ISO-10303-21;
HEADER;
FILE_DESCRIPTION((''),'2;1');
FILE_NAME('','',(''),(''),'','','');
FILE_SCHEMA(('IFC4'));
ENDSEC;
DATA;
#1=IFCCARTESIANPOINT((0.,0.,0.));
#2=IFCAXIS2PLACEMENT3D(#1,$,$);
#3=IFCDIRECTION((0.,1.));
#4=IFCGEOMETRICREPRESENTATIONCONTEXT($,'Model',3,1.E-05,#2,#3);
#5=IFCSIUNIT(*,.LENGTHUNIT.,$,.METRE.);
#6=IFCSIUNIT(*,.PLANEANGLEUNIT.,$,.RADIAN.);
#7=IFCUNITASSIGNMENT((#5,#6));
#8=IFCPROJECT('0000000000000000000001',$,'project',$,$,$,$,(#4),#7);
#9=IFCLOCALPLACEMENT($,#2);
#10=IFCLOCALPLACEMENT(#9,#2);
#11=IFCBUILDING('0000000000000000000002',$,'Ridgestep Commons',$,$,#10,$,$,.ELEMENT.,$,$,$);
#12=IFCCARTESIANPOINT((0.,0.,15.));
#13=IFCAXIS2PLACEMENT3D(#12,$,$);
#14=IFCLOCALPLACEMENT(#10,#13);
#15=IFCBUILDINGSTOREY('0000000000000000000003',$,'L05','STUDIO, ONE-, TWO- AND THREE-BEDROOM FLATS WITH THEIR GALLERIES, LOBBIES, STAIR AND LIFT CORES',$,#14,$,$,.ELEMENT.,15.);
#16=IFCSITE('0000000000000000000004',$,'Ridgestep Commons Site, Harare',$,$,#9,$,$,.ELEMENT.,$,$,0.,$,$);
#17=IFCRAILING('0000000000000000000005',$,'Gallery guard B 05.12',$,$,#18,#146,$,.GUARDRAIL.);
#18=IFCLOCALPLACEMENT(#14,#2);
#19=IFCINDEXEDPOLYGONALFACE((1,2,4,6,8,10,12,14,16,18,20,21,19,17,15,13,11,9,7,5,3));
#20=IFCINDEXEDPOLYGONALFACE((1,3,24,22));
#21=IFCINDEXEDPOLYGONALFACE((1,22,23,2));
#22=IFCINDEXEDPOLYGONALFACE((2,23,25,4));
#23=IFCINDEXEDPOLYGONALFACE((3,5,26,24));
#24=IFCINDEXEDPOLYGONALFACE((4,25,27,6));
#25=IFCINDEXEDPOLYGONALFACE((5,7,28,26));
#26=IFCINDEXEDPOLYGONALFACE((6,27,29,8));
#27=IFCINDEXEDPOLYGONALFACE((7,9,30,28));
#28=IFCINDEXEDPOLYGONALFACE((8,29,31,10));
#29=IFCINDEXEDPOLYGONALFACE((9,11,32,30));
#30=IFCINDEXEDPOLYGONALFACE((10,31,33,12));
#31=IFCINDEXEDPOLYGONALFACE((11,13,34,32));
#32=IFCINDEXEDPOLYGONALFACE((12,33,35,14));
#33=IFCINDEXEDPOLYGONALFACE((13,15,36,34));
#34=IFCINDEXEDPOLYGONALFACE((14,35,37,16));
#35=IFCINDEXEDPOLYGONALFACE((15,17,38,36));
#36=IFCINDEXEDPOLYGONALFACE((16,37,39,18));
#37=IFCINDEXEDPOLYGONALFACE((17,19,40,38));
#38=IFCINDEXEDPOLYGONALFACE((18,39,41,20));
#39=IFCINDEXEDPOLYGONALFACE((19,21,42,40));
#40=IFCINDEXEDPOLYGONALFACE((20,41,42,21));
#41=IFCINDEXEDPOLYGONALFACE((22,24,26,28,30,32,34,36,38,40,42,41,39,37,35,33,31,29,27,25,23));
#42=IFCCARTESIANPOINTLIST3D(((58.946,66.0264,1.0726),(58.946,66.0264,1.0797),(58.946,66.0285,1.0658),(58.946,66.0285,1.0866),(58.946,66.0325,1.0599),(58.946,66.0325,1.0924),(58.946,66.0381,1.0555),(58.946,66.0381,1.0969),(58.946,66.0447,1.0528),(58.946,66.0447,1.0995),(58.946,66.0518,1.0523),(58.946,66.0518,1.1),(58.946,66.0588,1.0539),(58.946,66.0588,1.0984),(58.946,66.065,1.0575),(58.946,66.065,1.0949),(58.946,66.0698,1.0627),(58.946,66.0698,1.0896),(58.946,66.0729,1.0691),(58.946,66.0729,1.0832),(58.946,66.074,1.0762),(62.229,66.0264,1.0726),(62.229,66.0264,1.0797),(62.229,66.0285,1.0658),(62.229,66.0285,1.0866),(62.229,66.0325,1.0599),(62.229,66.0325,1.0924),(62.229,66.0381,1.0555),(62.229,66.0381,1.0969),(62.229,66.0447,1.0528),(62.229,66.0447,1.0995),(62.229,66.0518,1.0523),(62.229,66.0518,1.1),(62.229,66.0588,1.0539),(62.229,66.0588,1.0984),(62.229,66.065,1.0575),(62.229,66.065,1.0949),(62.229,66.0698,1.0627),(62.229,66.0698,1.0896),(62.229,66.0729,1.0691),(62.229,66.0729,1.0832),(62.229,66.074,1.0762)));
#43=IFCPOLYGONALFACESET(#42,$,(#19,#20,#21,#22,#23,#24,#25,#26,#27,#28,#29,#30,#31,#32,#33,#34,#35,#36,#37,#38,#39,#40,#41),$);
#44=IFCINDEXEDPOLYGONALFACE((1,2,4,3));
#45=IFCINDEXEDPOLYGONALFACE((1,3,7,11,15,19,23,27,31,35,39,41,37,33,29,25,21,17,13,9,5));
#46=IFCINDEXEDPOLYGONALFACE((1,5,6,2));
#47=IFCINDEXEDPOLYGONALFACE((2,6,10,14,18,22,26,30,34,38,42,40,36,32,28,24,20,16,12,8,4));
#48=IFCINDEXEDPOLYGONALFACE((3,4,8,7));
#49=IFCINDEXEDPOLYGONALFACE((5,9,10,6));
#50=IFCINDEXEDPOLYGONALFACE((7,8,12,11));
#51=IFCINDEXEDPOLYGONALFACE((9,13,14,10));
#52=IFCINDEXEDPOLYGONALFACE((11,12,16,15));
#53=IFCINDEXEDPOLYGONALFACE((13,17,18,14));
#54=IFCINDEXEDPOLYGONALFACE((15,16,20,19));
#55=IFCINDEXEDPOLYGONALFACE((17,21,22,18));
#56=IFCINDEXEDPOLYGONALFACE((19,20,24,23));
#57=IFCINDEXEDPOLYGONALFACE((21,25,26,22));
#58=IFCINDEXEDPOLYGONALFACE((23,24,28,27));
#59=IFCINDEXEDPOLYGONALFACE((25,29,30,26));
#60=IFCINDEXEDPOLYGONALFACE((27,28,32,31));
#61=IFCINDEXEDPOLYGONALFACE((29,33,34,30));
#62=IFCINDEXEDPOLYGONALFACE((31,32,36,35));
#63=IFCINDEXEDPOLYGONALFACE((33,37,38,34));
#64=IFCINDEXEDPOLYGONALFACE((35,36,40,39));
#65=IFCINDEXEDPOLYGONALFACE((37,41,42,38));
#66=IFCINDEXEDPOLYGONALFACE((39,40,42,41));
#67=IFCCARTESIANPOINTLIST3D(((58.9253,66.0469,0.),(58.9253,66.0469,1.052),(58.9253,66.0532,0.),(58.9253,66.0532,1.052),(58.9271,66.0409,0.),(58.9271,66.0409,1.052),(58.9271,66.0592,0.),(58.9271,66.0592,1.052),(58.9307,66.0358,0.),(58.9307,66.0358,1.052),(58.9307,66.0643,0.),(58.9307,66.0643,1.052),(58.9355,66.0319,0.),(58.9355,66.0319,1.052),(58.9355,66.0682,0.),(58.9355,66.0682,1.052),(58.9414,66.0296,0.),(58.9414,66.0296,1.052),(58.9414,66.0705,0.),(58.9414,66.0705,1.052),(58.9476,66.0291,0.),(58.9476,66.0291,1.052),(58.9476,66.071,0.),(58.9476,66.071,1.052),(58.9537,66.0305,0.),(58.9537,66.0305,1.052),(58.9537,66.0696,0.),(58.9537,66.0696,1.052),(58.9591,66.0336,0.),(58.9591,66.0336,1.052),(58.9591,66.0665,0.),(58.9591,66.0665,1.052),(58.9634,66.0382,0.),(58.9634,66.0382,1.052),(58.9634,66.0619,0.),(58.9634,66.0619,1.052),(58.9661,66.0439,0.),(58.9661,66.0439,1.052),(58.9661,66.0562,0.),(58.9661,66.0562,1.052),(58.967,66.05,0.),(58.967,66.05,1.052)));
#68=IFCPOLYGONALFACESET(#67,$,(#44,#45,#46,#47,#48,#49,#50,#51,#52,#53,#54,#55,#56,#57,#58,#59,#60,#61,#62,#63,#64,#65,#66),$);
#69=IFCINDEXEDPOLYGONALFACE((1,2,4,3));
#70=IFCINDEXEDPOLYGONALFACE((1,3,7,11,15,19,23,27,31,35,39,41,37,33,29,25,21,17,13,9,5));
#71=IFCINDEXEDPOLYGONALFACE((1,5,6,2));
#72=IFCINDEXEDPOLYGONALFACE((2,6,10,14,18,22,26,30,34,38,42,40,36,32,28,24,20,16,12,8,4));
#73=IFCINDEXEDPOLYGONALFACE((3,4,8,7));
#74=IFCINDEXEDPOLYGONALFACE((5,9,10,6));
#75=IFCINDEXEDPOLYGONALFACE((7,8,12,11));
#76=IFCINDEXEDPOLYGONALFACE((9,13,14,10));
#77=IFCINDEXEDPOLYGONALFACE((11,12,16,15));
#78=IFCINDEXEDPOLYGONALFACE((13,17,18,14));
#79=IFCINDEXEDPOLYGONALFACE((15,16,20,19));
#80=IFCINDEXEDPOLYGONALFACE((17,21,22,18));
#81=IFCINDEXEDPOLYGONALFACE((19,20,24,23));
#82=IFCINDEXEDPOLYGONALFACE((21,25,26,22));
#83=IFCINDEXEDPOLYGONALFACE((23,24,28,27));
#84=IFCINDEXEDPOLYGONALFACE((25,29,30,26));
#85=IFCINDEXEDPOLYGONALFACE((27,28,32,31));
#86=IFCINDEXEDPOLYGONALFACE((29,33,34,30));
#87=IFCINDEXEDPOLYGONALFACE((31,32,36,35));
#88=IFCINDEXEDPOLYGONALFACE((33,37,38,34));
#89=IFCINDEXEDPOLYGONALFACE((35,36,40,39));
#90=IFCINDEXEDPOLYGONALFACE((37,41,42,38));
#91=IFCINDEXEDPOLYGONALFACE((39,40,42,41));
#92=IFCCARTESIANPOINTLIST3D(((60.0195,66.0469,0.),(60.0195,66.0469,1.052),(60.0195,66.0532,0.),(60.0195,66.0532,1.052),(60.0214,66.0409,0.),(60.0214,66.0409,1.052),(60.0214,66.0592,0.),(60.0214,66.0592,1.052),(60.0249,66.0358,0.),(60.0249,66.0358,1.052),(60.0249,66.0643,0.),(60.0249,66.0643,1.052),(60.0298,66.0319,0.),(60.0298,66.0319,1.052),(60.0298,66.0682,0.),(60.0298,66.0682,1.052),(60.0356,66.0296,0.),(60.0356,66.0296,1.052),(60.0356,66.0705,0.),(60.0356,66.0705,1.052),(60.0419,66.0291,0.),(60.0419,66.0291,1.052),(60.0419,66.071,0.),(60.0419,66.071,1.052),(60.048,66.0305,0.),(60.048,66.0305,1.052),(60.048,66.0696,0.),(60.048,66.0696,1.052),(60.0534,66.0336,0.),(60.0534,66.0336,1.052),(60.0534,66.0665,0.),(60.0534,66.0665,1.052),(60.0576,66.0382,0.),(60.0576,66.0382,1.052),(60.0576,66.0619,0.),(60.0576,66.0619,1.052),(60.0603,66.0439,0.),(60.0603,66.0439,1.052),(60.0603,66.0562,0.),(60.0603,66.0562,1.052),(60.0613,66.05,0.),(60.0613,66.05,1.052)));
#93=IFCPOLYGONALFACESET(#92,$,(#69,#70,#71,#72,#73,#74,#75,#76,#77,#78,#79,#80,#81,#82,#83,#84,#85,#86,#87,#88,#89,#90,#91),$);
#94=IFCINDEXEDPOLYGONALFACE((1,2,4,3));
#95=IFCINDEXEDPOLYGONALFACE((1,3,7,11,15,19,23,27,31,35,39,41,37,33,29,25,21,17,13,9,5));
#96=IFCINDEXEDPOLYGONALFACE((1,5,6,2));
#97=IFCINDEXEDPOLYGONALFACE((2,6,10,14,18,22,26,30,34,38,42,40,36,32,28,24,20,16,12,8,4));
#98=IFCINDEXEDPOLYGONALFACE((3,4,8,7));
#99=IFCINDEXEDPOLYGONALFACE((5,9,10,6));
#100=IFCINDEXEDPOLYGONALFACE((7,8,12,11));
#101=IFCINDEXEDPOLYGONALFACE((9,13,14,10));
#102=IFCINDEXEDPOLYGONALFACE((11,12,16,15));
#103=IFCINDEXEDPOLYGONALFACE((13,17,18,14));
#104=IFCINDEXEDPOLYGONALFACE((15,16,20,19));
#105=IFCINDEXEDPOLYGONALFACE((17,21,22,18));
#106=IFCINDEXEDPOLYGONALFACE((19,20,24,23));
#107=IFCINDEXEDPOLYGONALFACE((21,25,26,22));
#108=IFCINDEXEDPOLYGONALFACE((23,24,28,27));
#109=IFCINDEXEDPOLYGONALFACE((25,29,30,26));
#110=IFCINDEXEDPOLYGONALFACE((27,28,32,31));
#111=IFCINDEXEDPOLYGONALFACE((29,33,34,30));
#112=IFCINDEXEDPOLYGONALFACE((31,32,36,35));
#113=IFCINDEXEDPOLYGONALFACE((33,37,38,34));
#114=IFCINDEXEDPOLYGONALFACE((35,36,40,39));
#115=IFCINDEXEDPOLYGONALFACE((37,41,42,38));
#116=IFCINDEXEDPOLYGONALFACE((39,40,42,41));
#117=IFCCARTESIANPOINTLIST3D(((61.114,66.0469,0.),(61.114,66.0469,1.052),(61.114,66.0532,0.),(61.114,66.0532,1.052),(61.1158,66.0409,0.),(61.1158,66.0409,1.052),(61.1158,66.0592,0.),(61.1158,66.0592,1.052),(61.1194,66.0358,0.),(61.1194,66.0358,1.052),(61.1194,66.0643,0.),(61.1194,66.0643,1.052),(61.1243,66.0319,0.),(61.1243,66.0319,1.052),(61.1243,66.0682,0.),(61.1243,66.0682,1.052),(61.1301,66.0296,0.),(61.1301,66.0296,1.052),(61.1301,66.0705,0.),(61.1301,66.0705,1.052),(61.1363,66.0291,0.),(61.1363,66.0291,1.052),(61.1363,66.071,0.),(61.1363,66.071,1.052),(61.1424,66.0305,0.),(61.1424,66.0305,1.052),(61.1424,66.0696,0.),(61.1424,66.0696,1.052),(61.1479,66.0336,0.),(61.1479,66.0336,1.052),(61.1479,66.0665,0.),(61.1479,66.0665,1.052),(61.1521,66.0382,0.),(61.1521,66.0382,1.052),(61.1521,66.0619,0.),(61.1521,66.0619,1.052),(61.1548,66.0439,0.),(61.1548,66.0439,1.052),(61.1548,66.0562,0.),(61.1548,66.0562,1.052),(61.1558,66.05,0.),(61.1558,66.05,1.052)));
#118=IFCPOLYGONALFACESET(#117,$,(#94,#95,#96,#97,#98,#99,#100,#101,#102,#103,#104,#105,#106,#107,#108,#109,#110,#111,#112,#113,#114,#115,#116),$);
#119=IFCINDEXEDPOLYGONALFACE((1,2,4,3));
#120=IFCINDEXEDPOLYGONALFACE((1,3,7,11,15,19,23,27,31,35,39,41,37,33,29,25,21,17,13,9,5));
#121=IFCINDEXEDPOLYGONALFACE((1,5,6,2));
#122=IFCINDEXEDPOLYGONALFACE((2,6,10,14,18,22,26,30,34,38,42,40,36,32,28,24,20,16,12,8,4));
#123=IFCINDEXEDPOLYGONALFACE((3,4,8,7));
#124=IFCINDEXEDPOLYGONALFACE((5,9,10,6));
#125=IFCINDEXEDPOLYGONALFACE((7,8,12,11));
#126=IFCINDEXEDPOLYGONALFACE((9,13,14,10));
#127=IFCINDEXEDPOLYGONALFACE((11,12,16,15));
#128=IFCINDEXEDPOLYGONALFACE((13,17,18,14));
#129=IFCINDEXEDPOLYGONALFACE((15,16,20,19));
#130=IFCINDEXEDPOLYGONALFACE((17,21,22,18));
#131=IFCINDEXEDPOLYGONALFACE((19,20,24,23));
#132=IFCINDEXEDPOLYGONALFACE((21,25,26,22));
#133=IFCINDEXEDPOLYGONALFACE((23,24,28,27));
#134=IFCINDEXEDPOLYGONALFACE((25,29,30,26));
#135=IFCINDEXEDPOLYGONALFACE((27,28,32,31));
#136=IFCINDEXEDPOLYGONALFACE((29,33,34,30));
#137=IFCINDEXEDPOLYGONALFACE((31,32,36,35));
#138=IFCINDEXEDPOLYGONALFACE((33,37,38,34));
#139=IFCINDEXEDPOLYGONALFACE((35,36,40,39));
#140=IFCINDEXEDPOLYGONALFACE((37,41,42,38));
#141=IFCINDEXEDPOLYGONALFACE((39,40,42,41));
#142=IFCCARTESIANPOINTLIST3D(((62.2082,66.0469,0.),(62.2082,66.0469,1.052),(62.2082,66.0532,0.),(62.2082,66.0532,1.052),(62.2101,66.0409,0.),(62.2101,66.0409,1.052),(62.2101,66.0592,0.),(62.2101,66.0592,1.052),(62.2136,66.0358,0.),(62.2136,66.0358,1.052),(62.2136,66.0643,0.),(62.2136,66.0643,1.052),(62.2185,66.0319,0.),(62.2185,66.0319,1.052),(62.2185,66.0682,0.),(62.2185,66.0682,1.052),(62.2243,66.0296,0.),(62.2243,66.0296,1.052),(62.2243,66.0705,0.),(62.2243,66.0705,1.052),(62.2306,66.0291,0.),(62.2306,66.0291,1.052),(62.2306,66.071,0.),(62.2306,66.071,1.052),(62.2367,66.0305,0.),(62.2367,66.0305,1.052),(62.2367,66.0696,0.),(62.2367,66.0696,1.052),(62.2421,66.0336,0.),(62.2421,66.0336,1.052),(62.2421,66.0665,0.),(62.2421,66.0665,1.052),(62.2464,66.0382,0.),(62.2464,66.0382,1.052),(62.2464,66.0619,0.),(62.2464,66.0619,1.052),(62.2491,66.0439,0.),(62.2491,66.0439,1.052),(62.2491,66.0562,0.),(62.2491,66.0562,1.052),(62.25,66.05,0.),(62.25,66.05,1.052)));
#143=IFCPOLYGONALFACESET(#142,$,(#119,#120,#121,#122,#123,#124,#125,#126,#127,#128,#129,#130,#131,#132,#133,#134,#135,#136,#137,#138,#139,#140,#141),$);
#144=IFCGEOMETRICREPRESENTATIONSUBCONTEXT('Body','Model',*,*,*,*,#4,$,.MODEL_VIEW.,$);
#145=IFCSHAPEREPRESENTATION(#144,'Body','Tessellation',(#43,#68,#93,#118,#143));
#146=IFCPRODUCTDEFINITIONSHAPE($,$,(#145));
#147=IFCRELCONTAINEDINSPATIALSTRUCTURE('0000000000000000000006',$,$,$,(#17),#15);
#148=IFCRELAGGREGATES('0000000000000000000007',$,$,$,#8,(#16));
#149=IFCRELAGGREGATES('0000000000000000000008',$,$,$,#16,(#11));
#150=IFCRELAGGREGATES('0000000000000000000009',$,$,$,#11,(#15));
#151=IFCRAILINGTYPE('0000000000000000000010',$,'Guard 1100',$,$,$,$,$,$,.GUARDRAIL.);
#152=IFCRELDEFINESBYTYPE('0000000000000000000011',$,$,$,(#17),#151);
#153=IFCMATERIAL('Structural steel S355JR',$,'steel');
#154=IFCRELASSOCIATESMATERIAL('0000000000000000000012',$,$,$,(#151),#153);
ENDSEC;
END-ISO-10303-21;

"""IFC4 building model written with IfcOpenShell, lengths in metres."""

from ifc_helpers import new_model, si_unit, direction, frame, origin, origin_2d, place, context, subcontext, project, spatial, circle, extrude, material, type_object, element, save


model = new_model("IFC4")

# Units and contexts
model_context = context("Model", 3, precision=1e-05, world=origin(), true_north=direction((0.0, 1.0)))
body_context = subcontext(model_context, "Body", "Model", "MODEL_VIEW")
ifc_project = project(units=[si_unit("LENGTHUNIT", "METRE"), si_unit("PLANEANGLEUNIT", "RADIAN")], contexts=[model_context])

# Site, building, storey
site_placement = place(None, origin())
site = spatial("IfcSite", under=ifc_project, at=site_placement, Name="Ridgestep Commons Site, Harare", CompositionType="ELEMENT", RefElevation=0.0)
building_placement = place(site_placement, origin())
building = spatial("IfcBuilding", under=site, at=building_placement, Name="Ridgestep Commons", CompositionType="ELEMENT")
storey_placement = place(building_placement, frame((0.0, 0.0, 15.0)))
storey = spatial("IfcBuildingStorey", under=building, at=storey_placement, Name="L05", Description="STUDIO, ONE-, TWO- AND THREE-BEDROOM FLATS WITH THEIR GALLERIES, LOBBIES, STAIR AND LIFT CORES", CompositionType="ELEMENT", Elevation=15.0)

# Railing
ifc_material_1 = material(Name="Structural steel S355JR", Category="steel")
railing_type = type_object("IfcRailingType", Name="Guard 1100", PredefinedType="GUARDRAIL", material=ifc_material_1)
for number, where, name in (
    (1, (58.946, 66.05, 0.0), "Gallery guard B 05.12"),
):
    element("IfcRailing", number, at=place(storey_placement, frame(where)), inside=storey, type_object=railing_type, Name=name, PredefinedType="GUARDRAIL", context=body_context, shape_type="SweptSolid", body=[
        extrude(circle(Radius=0.0239, at=origin_2d()), frame((0.0, 0.0, 1.0762), z_axis=(1.0, 0.0, 0.0), x_axis=(0.0, 1.0, 0.0)), (0.0, 0.0, 1.0), 3.283),
        extrude(circle(Radius=0.021, at=origin_2d()), origin(), (0.0, 0.0, 1.0), 1.052),
        extrude(circle(Radius=0.021, at=origin_2d()), frame((1.0942, 0.0, 0.0)), (0.0, 0.0, 1.0), 1.052),
        extrude(circle(Radius=0.021, at=origin_2d()), frame((2.1887, 0.0, 0.0)), (0.0, 0.0, 1.0), 1.052),
        extrude(circle(Radius=0.021, at=origin_2d()), frame((3.283, 0.0, 0.0)), (0.0, 0.0, 1.0), 1.052),
    ])

save(model, "model.ifc")
